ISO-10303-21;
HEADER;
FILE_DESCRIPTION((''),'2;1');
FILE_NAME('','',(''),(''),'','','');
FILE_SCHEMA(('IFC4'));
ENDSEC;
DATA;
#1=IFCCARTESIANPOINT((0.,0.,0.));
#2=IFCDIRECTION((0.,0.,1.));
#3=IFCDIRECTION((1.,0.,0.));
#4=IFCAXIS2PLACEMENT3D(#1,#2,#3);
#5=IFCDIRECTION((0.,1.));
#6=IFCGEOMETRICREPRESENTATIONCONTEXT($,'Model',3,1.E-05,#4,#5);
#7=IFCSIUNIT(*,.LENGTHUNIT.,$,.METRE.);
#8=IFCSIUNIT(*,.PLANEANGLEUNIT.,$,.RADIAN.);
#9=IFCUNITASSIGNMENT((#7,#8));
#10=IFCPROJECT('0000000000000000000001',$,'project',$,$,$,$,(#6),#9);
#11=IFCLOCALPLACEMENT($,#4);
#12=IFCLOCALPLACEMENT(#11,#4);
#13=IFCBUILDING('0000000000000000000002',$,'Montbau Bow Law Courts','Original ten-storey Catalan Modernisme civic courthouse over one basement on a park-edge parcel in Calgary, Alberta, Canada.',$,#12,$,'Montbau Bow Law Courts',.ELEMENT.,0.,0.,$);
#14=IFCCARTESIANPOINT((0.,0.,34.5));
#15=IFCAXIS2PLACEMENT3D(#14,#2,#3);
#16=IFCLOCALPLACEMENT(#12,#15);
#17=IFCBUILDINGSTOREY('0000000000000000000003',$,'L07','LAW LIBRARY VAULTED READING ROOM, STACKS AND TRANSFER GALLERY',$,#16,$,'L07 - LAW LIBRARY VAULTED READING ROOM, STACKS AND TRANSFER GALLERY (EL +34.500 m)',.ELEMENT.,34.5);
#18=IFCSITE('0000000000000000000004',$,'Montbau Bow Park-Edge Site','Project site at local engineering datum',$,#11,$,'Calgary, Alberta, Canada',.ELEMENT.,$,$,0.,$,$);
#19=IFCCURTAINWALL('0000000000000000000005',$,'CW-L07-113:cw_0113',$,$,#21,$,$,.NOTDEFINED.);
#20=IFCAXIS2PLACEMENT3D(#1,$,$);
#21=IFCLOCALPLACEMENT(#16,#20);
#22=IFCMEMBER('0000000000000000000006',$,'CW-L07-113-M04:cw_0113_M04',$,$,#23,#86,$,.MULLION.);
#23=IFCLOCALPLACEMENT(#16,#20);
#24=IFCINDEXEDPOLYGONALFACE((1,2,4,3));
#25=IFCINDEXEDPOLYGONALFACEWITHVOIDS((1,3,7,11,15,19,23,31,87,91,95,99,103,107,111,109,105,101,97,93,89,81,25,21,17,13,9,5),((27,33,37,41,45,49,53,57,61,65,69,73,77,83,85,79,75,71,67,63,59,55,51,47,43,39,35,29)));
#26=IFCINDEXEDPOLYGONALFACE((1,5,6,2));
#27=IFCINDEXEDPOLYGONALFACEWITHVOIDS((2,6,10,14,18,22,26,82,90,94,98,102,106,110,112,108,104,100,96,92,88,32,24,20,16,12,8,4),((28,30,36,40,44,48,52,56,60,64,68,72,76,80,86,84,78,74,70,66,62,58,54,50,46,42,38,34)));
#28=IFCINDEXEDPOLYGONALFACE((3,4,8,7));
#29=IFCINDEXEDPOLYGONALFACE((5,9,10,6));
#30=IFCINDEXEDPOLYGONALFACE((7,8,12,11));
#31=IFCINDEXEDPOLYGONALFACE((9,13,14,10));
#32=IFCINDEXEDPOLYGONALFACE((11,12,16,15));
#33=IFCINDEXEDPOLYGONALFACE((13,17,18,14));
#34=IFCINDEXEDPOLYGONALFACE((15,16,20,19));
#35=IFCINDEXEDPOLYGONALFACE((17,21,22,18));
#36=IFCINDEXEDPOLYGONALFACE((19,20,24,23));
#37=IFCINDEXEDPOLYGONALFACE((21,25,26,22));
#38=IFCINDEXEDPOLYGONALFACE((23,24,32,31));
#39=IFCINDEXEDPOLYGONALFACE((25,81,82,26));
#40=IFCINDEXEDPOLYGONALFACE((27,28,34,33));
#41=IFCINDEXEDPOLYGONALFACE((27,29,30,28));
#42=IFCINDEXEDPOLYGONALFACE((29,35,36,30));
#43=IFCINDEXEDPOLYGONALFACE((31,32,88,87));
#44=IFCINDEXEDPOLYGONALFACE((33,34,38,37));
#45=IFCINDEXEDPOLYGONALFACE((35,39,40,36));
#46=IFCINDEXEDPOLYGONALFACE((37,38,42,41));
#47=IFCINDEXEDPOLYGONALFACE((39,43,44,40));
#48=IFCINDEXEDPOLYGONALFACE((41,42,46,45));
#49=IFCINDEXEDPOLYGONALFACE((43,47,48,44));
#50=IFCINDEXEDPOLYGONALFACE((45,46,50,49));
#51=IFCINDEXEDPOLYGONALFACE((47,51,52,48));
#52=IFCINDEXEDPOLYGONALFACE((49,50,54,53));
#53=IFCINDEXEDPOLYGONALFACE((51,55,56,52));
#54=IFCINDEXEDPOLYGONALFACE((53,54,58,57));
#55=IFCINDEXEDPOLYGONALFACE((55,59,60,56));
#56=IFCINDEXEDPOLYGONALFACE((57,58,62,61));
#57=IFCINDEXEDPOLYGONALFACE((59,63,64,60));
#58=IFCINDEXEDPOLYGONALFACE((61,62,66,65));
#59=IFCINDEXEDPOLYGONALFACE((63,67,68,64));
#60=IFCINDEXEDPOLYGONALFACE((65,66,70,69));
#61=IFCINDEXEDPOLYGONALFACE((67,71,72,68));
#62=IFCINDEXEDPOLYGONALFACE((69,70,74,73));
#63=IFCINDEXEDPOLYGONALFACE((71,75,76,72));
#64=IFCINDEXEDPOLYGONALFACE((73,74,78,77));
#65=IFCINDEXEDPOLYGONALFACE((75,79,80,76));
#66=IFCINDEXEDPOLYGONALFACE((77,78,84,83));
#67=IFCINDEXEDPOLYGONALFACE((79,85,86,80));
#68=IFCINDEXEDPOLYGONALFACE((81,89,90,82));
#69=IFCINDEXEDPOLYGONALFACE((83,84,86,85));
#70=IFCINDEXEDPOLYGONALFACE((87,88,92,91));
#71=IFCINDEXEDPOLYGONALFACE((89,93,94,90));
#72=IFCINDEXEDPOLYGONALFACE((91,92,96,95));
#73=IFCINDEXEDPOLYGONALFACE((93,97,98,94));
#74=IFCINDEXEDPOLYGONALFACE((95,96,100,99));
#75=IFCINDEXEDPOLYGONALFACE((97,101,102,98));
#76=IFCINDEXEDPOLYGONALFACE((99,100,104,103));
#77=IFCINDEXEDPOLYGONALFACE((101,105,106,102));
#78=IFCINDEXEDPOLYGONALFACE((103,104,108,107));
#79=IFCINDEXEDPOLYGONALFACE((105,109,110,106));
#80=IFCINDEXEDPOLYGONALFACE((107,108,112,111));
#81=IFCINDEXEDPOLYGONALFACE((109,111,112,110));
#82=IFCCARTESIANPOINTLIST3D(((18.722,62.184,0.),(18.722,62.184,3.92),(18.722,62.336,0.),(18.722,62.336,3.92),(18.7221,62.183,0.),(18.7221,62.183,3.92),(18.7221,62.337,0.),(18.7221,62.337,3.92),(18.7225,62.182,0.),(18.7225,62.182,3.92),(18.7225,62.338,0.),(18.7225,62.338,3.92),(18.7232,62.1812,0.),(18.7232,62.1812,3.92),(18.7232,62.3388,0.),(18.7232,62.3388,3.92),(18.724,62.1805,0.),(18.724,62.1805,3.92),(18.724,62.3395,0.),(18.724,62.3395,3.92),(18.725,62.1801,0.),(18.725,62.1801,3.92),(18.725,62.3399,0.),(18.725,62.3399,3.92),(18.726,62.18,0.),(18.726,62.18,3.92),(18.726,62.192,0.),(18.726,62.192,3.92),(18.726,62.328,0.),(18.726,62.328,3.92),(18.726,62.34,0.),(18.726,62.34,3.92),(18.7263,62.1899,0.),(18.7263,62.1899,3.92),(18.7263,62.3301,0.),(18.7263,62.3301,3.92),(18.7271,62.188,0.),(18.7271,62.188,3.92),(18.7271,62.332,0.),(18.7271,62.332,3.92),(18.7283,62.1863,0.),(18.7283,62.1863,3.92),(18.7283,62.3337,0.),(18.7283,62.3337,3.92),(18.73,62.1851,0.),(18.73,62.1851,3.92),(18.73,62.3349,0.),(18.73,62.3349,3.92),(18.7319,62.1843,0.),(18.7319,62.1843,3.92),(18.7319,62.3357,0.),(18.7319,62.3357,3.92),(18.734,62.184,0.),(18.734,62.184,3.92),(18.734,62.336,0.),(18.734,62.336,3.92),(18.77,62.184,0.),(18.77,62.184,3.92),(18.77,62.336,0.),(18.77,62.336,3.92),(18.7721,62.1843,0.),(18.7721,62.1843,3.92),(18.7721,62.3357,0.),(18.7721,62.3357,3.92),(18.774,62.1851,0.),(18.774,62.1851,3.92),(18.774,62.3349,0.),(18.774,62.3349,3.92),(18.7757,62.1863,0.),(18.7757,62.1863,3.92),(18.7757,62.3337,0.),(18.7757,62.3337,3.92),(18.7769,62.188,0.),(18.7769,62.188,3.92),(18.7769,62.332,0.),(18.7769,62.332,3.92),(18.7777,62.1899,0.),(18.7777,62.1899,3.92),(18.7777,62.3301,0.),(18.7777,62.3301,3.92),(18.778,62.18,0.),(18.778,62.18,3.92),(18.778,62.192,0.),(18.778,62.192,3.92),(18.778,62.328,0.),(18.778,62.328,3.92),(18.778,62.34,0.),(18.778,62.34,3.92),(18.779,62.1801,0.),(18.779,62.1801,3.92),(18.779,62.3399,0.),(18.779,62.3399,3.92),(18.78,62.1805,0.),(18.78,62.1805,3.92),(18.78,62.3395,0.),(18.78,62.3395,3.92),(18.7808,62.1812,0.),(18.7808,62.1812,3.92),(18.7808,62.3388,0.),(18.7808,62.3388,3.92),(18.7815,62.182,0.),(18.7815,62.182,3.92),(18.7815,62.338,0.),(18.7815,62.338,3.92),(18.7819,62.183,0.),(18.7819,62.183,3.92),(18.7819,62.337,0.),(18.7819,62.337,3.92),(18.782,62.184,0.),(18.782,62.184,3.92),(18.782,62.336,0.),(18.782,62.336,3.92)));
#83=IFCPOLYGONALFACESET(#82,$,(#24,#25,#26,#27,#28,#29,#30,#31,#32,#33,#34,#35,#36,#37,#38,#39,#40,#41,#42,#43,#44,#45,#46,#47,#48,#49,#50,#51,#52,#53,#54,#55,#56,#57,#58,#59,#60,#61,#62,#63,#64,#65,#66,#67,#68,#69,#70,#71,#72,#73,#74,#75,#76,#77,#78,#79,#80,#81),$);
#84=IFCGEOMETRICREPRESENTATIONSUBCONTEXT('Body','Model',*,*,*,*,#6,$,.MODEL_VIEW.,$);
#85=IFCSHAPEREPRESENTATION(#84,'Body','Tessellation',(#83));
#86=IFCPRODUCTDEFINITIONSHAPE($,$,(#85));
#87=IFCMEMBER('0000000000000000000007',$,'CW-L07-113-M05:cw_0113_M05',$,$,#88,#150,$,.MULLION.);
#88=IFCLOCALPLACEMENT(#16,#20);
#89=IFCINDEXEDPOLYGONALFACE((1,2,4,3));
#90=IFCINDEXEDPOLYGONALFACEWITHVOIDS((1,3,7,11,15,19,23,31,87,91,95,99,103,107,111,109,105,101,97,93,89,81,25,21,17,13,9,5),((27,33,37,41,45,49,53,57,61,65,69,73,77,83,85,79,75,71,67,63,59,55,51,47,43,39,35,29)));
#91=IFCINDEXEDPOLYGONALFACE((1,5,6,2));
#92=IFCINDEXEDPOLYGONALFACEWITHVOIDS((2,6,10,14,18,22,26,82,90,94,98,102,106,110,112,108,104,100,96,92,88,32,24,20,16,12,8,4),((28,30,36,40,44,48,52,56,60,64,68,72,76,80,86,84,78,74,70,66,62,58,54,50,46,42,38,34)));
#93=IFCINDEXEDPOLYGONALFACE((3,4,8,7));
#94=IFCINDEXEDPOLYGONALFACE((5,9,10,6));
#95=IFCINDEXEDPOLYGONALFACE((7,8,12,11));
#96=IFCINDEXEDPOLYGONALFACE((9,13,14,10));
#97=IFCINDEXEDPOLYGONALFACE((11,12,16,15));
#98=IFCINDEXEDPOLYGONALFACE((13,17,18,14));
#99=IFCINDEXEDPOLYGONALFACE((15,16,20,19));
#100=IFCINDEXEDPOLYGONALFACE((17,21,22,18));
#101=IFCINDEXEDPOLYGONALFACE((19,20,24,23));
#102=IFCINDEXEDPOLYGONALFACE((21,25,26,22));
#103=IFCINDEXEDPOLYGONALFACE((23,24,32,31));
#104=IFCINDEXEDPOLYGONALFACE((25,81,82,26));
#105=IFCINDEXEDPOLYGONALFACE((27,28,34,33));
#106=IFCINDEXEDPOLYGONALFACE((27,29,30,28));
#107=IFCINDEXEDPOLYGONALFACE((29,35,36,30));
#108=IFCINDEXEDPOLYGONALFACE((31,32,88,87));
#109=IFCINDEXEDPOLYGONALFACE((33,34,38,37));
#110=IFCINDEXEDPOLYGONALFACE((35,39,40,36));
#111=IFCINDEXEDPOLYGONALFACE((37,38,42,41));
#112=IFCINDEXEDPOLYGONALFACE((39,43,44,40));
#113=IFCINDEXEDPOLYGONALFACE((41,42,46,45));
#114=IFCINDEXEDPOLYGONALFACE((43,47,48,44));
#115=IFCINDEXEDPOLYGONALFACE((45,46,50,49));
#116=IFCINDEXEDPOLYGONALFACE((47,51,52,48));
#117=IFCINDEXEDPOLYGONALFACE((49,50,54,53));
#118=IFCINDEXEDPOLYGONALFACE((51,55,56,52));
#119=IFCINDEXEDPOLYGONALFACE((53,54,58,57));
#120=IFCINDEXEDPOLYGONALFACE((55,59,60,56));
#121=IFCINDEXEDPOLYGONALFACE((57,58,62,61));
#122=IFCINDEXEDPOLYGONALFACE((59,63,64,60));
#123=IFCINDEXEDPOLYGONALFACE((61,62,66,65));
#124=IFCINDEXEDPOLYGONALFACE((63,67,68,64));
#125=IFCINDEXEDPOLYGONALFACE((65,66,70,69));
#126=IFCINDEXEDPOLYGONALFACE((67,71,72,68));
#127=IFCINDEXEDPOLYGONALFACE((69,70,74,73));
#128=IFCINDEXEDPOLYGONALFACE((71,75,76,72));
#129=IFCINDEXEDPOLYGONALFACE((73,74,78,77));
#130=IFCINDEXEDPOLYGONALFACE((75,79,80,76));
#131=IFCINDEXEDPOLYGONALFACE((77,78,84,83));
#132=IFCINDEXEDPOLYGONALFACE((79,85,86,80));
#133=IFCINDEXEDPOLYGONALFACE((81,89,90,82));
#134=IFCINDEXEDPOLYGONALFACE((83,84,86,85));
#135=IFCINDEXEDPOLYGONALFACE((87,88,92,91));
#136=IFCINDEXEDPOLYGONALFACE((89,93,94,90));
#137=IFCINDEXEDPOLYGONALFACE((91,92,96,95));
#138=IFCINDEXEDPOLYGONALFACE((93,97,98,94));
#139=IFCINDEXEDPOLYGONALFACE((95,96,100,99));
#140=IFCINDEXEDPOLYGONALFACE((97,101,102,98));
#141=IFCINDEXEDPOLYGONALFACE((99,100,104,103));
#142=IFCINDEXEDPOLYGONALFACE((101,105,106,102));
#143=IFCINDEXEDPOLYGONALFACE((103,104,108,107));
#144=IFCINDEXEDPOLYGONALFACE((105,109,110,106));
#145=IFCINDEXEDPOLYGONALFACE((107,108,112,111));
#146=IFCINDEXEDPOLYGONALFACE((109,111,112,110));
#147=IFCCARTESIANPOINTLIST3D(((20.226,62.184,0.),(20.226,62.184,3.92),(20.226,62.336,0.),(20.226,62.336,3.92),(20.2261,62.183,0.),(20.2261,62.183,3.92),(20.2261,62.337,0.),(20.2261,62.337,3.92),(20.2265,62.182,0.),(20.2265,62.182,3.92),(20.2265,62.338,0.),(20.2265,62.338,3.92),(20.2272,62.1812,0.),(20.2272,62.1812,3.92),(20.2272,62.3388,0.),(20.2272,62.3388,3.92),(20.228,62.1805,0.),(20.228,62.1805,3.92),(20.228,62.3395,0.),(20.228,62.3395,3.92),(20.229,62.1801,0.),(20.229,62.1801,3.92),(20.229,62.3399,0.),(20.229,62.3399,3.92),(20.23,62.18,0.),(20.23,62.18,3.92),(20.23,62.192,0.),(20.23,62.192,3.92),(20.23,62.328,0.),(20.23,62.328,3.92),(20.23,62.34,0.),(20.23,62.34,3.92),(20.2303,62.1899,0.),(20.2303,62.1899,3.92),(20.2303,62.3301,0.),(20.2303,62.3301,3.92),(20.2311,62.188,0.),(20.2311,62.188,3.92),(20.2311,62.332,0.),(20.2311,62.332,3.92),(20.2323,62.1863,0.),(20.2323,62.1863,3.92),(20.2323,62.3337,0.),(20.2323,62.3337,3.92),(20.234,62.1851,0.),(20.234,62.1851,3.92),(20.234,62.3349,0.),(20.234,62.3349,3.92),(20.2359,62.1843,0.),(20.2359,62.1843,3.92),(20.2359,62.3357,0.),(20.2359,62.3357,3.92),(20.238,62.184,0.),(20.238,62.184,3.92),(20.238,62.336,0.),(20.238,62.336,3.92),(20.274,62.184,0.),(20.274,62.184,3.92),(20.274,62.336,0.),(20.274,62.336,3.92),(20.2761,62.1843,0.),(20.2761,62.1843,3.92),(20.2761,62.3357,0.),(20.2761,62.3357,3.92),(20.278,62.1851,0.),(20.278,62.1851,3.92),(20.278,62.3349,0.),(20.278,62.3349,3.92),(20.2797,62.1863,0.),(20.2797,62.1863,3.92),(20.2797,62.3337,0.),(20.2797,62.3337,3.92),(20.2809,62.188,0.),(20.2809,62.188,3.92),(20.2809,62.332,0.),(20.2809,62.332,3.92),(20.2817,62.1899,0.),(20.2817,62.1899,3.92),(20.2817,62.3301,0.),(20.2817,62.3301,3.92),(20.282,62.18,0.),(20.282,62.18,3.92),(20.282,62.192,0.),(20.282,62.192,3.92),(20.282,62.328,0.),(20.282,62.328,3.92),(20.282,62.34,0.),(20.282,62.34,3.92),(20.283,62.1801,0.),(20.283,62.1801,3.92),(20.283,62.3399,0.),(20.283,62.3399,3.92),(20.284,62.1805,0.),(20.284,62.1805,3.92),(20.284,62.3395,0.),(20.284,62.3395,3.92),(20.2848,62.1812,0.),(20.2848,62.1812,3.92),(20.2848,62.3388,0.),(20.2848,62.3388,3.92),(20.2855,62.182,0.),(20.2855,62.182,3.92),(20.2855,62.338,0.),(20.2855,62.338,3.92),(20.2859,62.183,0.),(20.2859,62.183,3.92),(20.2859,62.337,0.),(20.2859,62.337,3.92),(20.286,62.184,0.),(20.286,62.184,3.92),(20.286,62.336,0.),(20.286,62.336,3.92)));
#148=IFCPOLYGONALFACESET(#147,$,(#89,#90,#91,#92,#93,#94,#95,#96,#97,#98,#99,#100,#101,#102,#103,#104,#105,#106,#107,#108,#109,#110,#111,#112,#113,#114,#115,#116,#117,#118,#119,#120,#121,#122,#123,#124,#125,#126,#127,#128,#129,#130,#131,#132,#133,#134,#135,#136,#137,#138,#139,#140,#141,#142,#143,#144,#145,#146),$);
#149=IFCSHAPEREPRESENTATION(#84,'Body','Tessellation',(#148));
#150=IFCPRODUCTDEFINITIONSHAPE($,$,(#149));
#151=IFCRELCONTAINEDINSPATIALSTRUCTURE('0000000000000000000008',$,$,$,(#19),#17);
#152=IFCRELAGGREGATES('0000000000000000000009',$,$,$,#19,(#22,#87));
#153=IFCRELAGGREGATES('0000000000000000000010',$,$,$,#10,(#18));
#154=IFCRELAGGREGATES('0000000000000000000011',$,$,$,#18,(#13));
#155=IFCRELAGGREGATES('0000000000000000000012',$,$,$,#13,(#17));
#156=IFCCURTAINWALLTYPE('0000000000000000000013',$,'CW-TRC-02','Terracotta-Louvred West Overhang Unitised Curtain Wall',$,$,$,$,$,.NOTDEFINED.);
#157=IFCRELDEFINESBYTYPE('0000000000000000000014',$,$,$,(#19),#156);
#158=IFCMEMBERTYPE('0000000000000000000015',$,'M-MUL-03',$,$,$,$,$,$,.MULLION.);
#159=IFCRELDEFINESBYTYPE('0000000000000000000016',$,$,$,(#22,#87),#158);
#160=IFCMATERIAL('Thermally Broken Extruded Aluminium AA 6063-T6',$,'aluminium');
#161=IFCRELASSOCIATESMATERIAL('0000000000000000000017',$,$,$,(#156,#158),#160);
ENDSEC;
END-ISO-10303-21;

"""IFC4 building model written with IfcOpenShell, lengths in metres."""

from ifc_helpers import new_model, si_unit, direction, frame, origin_with_axes, origin_2d_with_axis, place, context, subcontext, project, spatial, hollow_rectangle, extrude, material, material_profile, profile_set, type_object, element, aggregate, save


model = new_model("IFC4")

# Units and contexts
model_context = context("Model", 3, precision=1e-05, world=origin_with_axes(), true_north=direction((0.0, 1.0)))
body_context = subcontext(model_context, "Body", "Model", "MODEL_VIEW")
ifc_project = project(units=[si_unit("LENGTHUNIT", "METRE"), si_unit("PLANEANGLEUNIT", "RADIAN")], contexts=[model_context])

# Site, building, storey
site_placement = place(None, origin_with_axes())
site = spatial("IfcSite", under=ifc_project, at=site_placement, Name="Montbau Bow Park-Edge Site", Description="Project site at local engineering datum", LongName="Calgary, Alberta, Canada", CompositionType="ELEMENT", RefElevation=0.0)
building_placement = place(site_placement, origin_with_axes())
building = spatial("IfcBuilding", under=site, at=building_placement, Name="Montbau Bow Law Courts", Description="Original ten-storey Catalan Modernisme civic courthouse over one basement on a park-edge parcel in Calgary, Alberta, Canada.", LongName="Montbau Bow Law Courts", CompositionType="ELEMENT", ElevationOfRefHeight=0.0, ElevationOfTerrain=0.0)
storey_placement = place(building_placement, frame((0.0, 0.0, 34.5), z_axis=(0.0, 0.0, 1.0), x_axis=(1.0, 0.0, 0.0)))
storey = spatial("IfcBuildingStorey", under=building, at=storey_placement, Name="L07", Description="LAW LIBRARY VAULTED READING ROOM, STACKS AND TRANSFER GALLERY", LongName="L07 - LAW LIBRARY VAULTED READING ROOM, STACKS AND TRANSFER GALLERY (EL +34.500 m)", CompositionType="ELEMENT", Elevation=34.5)

# Curtain wall, members
ifc_material_1 = material(Name="Thermally Broken Extruded Aluminium AA 6063-T6", Category="aluminium")
curtain_wall_type = type_object("IfcCurtainWallType", Name="CW-TRC-02", Description="Terracotta-Louvred West Overhang Unitised Curtain Wall", PredefinedType="NOTDEFINED", material=ifc_material_1)
curtain_wall_placement = place(None, frame((14.24, 62.26, 34.5), z_axis=(0.0, 0.0, 1.0), x_axis=(1.0, 0.0, 0.0)))
curtain_wall = element("IfcCurtainWall", 1, at=curtain_wall_placement, inside=storey, type_object=curtain_wall_type, Name="CW-L07-113:cw_0113", PredefinedType="NOTDEFINED")
ifc_material_profile_1 = material_profile(ifc_material_1, hollow_rectangle(XDim=0.06, YDim=0.16, WallThickness=0.004, InnerFilletRadius=0.008, OuterFilletRadius=0.004, at=origin_2d_with_axis()), Name="CWM-160X60", Category="Main", Priority=0)
ifc_profile_set_1 = profile_set([ifc_material_profile_1], Name="Thermally Broken Extruded Aluminium AA 6063-T6")
member_type_1 = type_object("IfcMemberType", Name="M-MUL-03", PredefinedType="MULLION", material=ifc_profile_set_1)
member_1_placement = place(None, frame((18.752, 62.26, 34.5), z_axis=(0.0, 0.0, 1.0), x_axis=(1.0, 0.0, 0.0)))
member_1 = element("IfcMember", 2, at=member_1_placement, type_object=member_type_1, Name="CW-L07-113-M04:cw_0113_M04", PredefinedType="MULLION", context=body_context, shape_type="SweptSolid", body=[
    extrude(hollow_rectangle(XDim=0.06, YDim=0.16, WallThickness=0.004, InnerFilletRadius=0.008, OuterFilletRadius=0.004, at=origin_2d_with_axis()), origin_with_axes(), (0.0, 0.0, 1.0), 3.92),
])
member_2_placement = place(None, frame((20.256, 62.26, 34.5), z_axis=(0.0, 0.0, 1.0), x_axis=(1.0, 0.0, 0.0)))
member_2 = element("IfcMember", 3, at=member_2_placement, type_object=member_type_1, Name="CW-L07-113-M05:cw_0113_M05", PredefinedType="MULLION", context=body_context, shape_type="SweptSolid", body=[
    extrude(hollow_rectangle(XDim=0.06, YDim=0.16, WallThickness=0.004, InnerFilletRadius=0.008, OuterFilletRadius=0.004, at=origin_2d_with_axis()), origin_with_axes(), (0.0, 0.0, 1.0), 3.92),
])
aggregate(curtain_wall, [member_1, member_2])

save(model, "model.ifc")
